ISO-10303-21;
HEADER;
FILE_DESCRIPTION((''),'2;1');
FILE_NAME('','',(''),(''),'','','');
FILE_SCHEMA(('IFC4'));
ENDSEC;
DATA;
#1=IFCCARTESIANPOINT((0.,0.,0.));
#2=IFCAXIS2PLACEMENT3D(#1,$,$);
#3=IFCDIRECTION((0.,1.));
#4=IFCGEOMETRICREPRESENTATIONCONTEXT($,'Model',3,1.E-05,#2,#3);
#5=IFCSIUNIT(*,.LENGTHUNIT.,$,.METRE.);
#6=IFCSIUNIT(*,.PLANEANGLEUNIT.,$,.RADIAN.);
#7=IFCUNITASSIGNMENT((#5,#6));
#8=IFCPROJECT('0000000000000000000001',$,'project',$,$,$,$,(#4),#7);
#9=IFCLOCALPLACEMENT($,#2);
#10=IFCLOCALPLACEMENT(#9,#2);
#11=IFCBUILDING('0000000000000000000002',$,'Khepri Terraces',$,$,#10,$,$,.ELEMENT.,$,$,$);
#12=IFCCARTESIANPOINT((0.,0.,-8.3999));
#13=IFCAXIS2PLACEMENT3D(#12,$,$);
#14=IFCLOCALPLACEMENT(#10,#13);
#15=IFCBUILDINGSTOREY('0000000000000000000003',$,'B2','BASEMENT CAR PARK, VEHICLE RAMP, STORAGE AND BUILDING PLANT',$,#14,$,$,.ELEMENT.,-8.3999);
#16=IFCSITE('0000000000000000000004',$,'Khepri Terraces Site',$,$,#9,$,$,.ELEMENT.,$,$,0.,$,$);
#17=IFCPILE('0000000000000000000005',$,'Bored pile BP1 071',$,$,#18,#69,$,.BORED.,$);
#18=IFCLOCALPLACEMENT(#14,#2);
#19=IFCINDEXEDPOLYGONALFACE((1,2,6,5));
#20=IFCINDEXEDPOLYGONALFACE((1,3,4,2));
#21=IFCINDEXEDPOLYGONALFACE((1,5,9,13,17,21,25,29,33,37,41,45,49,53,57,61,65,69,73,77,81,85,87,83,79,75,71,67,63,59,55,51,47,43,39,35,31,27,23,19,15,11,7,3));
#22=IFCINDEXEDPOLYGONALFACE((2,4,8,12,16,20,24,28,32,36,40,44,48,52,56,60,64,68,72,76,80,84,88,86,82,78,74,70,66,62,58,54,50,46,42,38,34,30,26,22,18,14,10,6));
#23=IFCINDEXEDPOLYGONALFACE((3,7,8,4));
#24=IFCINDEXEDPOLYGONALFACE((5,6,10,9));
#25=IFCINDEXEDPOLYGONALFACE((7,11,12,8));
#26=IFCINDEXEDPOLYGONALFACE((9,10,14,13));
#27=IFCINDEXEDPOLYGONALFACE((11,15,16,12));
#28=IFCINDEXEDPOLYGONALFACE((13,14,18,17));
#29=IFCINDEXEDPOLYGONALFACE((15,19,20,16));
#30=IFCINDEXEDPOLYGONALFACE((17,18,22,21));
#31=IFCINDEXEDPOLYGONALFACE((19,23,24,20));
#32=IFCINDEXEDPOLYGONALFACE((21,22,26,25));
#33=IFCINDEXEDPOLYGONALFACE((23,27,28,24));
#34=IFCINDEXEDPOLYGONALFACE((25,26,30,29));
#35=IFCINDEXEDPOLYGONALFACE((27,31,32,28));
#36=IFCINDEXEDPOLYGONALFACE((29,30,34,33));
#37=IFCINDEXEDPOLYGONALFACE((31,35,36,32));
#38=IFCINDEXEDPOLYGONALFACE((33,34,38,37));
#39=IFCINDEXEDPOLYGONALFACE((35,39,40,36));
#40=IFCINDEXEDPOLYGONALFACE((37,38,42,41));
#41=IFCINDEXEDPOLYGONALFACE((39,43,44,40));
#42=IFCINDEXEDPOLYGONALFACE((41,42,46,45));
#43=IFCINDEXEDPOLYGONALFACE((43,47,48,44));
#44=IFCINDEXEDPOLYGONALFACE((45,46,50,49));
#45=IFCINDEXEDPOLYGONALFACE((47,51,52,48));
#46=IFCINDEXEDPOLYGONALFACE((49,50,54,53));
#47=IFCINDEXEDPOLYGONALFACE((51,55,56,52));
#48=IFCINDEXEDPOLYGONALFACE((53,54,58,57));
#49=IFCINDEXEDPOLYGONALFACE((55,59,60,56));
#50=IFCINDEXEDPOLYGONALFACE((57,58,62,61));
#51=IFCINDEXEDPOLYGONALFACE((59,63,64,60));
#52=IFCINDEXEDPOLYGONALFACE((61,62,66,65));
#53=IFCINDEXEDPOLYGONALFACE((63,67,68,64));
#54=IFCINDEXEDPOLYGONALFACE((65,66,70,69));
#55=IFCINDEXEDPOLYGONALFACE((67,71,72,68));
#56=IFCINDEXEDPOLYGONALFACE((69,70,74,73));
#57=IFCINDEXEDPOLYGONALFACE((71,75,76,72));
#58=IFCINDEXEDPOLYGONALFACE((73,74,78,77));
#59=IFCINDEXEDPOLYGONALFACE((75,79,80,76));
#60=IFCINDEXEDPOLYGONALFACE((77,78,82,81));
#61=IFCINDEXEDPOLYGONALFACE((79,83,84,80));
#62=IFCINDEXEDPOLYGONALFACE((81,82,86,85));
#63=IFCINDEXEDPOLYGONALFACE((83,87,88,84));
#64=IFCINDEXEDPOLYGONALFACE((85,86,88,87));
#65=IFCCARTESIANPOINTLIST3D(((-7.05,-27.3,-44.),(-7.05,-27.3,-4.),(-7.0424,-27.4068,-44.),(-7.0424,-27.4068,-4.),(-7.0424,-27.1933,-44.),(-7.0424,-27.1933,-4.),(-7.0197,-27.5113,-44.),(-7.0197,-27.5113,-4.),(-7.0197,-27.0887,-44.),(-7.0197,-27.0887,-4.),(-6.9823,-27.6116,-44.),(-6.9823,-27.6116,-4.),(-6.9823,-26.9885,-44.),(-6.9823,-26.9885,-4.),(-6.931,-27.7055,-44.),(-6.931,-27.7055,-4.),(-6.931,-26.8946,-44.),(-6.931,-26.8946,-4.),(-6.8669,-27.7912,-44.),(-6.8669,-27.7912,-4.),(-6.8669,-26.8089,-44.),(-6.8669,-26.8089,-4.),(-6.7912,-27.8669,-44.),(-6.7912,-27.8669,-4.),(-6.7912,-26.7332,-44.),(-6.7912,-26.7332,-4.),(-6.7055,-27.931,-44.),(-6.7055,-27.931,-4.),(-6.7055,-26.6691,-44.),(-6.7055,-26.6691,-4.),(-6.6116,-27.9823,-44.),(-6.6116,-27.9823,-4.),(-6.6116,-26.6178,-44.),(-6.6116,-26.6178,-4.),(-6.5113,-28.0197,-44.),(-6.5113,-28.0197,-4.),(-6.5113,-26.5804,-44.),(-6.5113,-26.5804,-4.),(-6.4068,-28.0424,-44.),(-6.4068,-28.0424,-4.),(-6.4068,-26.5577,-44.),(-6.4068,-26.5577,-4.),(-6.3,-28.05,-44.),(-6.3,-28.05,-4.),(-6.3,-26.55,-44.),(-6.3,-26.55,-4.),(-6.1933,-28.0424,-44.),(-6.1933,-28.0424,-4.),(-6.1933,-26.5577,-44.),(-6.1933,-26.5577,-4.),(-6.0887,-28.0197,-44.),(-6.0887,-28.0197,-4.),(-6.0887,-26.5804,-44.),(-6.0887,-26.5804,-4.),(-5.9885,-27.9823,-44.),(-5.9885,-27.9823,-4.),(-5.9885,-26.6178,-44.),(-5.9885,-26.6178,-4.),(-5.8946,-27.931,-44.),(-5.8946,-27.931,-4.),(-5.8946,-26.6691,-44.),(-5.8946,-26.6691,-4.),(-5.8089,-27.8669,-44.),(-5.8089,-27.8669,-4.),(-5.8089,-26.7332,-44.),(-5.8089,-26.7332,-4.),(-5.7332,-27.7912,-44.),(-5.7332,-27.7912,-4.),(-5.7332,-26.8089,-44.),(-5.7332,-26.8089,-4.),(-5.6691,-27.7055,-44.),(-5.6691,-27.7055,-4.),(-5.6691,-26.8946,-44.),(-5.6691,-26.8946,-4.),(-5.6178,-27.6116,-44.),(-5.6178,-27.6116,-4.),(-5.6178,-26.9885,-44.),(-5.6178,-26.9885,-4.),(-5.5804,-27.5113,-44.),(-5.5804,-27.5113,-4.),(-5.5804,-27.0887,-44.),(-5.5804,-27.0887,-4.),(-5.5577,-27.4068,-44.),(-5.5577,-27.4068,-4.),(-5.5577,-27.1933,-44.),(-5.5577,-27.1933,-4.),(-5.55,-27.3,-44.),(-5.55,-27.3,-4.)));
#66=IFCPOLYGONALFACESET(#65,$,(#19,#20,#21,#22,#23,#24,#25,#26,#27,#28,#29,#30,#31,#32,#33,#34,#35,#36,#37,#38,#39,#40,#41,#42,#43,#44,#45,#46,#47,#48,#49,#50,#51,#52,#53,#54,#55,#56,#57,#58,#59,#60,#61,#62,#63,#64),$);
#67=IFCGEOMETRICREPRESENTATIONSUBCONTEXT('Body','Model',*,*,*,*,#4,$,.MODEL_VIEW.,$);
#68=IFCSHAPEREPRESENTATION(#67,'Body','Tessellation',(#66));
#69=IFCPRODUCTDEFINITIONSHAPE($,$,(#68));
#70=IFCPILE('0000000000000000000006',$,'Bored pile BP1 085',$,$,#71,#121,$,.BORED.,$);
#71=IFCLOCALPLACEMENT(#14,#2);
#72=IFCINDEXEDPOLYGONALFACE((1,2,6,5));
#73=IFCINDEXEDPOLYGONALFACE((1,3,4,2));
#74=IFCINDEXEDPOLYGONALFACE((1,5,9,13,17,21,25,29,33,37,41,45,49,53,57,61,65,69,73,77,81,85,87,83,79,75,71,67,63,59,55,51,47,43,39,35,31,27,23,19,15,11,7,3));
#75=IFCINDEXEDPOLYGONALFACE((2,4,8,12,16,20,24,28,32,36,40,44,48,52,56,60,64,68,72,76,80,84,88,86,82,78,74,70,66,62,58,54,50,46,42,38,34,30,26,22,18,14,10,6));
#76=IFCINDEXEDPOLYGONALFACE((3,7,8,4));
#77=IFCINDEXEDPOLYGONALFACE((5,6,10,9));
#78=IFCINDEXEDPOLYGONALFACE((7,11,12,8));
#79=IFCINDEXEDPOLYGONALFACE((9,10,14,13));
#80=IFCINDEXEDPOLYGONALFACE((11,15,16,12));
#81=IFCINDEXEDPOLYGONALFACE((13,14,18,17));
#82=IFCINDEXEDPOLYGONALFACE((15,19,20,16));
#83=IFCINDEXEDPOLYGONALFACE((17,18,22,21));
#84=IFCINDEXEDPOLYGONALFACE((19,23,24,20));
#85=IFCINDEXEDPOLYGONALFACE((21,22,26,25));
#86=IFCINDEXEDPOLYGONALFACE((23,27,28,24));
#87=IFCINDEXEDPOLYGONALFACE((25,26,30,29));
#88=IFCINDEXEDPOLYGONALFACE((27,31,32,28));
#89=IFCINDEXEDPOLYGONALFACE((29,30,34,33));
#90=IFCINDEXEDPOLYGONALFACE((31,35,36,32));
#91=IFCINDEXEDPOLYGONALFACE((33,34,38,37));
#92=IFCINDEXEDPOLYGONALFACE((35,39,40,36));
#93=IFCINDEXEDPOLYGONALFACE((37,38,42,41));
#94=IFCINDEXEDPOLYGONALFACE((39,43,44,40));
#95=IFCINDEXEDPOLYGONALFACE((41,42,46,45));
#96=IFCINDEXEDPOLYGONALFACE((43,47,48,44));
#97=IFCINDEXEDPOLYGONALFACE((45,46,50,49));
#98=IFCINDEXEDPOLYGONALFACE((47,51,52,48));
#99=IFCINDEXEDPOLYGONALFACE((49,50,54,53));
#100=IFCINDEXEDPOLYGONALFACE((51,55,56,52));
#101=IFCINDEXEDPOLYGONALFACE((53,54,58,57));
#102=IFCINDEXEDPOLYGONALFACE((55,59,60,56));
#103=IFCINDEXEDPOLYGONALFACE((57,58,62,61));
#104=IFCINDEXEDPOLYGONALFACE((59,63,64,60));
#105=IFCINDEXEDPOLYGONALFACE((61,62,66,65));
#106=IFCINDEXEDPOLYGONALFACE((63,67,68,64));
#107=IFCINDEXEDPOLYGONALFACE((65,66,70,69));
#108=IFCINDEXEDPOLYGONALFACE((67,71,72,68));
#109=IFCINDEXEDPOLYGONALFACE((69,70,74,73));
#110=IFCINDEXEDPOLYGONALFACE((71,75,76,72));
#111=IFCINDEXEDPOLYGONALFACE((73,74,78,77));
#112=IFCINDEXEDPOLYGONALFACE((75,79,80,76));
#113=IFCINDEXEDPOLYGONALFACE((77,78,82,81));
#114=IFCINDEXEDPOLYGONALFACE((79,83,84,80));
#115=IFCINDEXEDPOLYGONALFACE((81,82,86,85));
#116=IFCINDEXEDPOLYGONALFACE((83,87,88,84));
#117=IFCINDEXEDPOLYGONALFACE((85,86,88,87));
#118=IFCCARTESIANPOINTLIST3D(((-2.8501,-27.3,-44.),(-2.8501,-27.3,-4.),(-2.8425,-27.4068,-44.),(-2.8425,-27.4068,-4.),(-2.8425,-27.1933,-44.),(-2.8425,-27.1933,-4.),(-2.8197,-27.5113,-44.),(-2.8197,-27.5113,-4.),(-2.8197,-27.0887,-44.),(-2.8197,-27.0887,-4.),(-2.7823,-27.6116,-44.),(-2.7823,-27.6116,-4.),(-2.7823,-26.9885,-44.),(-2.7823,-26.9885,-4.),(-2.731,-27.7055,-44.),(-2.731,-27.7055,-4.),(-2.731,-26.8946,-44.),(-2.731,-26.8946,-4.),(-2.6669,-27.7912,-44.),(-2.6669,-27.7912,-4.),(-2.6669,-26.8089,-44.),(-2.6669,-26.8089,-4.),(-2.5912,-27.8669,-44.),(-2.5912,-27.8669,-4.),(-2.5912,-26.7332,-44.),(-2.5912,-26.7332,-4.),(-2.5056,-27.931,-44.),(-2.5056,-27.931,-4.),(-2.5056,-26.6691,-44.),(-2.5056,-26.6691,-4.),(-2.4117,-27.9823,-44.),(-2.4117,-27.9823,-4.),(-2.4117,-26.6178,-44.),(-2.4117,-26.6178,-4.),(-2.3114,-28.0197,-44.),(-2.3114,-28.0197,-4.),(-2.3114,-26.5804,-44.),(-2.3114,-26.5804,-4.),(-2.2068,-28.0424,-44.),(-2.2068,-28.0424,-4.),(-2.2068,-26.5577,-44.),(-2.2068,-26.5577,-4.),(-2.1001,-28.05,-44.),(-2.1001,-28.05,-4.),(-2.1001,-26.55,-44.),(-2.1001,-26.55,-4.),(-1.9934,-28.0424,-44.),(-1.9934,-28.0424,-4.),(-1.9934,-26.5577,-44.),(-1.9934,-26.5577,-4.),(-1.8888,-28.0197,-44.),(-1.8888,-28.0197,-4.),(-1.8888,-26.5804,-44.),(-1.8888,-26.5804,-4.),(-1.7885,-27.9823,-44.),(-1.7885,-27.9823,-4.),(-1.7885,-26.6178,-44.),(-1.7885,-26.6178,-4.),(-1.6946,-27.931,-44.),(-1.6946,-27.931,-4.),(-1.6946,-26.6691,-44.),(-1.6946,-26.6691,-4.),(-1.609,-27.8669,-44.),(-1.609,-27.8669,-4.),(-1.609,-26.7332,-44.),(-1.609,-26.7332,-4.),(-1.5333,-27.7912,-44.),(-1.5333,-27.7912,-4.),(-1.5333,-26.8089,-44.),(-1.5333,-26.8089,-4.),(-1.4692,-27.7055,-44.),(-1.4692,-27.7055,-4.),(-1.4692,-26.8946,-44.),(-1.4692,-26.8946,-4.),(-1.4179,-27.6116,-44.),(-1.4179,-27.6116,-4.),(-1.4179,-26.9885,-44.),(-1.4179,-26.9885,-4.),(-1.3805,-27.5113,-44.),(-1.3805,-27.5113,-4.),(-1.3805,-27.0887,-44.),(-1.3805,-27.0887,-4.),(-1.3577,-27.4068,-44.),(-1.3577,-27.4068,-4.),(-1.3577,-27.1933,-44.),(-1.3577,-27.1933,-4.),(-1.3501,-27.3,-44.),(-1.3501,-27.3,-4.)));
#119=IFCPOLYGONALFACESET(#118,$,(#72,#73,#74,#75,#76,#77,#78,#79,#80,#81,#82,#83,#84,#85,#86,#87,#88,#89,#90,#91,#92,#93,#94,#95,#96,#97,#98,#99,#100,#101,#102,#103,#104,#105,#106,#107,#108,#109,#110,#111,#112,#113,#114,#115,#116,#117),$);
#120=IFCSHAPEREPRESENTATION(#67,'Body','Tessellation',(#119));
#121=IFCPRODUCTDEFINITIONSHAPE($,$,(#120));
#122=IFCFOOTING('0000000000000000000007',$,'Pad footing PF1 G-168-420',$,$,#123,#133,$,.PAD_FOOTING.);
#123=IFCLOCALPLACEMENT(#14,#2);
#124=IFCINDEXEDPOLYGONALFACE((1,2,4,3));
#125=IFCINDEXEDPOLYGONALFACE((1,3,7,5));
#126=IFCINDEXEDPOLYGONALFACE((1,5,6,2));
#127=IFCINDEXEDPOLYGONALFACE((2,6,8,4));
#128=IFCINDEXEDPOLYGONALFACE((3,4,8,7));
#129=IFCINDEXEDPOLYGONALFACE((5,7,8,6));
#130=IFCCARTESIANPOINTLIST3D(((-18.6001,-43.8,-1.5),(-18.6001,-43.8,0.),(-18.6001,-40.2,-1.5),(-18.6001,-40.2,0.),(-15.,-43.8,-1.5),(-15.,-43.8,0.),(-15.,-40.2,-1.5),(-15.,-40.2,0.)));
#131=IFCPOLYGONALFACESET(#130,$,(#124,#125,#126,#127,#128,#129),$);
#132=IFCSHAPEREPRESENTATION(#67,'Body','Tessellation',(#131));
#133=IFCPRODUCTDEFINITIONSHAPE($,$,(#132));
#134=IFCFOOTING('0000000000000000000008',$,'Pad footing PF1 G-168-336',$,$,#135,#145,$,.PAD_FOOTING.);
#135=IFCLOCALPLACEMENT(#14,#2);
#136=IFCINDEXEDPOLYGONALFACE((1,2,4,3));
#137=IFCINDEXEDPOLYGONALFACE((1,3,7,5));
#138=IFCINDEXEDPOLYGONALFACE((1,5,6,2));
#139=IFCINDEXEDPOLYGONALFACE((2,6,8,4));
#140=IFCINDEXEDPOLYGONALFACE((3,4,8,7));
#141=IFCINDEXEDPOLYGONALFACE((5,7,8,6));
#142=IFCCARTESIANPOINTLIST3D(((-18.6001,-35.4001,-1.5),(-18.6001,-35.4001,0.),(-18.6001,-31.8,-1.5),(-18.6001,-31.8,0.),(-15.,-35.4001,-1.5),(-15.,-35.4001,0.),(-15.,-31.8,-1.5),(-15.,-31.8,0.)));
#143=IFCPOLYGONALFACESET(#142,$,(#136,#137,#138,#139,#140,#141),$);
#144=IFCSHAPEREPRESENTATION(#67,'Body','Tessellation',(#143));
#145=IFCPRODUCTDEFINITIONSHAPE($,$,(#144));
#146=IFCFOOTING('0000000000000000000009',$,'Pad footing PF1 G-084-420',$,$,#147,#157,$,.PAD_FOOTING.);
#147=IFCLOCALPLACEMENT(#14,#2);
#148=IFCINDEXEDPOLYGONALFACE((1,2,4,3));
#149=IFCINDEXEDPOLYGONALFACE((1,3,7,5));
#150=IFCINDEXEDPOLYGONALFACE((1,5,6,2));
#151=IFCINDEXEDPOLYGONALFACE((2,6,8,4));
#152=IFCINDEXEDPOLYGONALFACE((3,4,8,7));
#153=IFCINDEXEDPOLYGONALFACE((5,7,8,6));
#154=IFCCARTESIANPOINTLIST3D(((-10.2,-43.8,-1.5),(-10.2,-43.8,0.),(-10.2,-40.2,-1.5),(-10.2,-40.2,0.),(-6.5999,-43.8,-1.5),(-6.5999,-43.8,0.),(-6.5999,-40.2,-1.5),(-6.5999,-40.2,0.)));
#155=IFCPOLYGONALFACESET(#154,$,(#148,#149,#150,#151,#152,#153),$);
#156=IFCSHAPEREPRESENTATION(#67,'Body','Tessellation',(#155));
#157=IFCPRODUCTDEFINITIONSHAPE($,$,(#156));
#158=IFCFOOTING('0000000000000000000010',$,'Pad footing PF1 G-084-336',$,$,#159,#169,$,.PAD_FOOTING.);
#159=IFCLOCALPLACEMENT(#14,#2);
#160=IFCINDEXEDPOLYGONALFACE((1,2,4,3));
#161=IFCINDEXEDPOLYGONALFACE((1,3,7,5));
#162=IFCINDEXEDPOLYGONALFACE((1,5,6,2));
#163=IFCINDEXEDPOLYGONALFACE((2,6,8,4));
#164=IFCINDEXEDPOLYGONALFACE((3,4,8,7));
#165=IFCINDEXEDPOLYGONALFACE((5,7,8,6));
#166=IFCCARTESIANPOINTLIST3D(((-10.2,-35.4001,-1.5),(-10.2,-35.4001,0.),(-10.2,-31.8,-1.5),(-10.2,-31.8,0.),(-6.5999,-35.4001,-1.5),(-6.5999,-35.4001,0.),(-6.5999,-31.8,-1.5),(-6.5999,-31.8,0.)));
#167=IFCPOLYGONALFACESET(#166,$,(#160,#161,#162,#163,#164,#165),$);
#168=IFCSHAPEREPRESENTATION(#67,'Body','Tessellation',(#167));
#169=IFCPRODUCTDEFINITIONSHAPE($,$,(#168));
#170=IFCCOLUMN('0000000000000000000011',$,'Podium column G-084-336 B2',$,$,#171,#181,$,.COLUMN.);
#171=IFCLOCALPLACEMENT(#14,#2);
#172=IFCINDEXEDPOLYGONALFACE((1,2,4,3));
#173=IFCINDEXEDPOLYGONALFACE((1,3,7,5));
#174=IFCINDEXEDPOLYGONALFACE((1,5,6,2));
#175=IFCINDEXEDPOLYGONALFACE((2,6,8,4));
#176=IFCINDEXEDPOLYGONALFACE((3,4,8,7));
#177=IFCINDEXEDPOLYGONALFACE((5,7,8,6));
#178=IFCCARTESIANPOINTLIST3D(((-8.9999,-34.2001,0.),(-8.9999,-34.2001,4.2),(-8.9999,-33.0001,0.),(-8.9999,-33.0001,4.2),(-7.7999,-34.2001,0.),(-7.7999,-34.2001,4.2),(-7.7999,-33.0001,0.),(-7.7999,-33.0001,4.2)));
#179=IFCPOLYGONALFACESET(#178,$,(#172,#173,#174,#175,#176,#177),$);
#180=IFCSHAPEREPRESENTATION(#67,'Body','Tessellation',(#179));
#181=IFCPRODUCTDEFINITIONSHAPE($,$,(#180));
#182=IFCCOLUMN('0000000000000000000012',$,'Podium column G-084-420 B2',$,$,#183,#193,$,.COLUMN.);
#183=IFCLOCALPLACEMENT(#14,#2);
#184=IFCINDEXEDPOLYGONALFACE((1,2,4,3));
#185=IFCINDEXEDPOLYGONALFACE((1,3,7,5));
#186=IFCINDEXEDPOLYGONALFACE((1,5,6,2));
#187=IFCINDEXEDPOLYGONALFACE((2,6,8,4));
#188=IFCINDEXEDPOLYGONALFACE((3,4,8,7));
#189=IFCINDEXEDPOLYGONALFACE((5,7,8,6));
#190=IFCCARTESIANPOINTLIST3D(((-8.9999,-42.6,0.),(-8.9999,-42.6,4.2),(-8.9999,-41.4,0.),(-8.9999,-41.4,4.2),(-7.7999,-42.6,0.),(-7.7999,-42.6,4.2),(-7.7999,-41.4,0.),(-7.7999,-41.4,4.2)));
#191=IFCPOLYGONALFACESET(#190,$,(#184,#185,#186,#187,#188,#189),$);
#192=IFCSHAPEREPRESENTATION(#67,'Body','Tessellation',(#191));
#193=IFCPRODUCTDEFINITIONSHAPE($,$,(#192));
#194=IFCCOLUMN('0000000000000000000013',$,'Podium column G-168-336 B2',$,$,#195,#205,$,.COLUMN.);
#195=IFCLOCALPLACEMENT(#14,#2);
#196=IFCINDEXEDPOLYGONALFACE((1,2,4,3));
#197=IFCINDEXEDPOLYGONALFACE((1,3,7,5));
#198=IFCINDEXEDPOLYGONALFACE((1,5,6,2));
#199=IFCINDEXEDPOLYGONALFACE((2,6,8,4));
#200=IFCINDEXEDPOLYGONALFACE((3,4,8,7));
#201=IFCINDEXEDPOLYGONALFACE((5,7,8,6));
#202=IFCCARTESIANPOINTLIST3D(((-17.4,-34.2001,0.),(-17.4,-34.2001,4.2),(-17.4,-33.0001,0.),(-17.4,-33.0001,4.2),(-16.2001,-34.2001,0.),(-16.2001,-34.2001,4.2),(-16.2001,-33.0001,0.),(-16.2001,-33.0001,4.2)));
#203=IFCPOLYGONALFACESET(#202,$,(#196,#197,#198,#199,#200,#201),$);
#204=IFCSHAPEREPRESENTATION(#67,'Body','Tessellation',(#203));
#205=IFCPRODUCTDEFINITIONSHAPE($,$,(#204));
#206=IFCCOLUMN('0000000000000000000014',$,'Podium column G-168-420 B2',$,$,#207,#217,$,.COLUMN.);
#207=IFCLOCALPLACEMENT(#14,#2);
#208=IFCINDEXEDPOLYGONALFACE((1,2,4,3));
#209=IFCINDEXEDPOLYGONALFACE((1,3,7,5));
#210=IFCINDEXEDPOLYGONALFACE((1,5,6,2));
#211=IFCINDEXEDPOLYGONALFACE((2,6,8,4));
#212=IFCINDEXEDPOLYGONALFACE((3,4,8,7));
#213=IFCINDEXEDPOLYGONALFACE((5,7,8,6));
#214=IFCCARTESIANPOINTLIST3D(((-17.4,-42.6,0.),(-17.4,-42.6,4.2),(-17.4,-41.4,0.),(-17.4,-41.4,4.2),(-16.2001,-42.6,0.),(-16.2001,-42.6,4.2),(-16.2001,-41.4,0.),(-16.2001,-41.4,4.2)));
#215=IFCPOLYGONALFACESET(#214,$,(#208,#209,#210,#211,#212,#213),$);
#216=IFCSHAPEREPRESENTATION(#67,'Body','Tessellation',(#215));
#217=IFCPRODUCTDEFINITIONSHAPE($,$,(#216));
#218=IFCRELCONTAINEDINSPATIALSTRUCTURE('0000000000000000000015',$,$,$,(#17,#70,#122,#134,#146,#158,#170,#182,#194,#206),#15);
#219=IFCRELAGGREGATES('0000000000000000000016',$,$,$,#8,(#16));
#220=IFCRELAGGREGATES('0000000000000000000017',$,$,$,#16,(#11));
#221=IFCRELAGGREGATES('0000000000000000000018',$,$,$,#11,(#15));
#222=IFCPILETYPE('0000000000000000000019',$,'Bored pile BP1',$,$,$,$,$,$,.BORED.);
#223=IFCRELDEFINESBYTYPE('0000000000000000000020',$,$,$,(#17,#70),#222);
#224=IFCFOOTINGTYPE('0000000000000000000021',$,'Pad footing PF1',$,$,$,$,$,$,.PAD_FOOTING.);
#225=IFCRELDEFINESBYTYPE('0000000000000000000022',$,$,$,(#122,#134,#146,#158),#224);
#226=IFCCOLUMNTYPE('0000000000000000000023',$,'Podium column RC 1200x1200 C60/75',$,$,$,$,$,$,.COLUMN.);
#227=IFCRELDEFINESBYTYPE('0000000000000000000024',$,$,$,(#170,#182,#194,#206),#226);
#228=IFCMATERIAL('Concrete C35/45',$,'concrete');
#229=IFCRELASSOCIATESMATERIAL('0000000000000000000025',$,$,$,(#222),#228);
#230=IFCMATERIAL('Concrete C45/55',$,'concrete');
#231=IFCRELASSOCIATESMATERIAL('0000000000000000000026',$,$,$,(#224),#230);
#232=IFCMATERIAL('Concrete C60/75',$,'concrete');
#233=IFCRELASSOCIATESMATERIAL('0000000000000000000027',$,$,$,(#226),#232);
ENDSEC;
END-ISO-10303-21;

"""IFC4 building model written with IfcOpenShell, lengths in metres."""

from ifc_helpers import new_model, si_unit, direction, frame, origin, origin_2d, place, context, subcontext, project, spatial, rectangle, circle, extrude, material, material_profile, profile_set, type_object, element, save


model = new_model("IFC4")

# Units and contexts
model_context = context("Model", 3, precision=1e-05, world=origin(), true_north=direction((0.0, 1.0)))
body_context = subcontext(model_context, "Body", "Model", "MODEL_VIEW")
ifc_project = project(units=[si_unit("LENGTHUNIT", "METRE"), si_unit("PLANEANGLEUNIT", "RADIAN")], contexts=[model_context])

# Site, building, storey
site_placement = place(None, origin())
site = spatial("IfcSite", under=ifc_project, at=site_placement, Name="Khepri Terraces Site", CompositionType="ELEMENT", RefElevation=0.0)
building_placement = place(site_placement, origin())
building = spatial("IfcBuilding", under=site, at=building_placement, Name="Khepri Terraces", CompositionType="ELEMENT")
storey_placement = place(building_placement, frame((0.0, 0.0, -8.3999)))
storey = spatial("IfcBuildingStorey", under=building, at=storey_placement, Name="B2", Description="BASEMENT CAR PARK, VEHICLE RAMP, STORAGE AND BUILDING PLANT", CompositionType="ELEMENT", Elevation=-8.3999)

# Piles
ifc_material_1 = material(Name="Concrete C35/45", Category="concrete")
ifc_material_profile_1 = material_profile(ifc_material_1, circle(Radius=0.75, at=origin_2d()), Name="Concrete C35/45", Category="concrete")
ifc_profile_set_1 = profile_set([ifc_material_profile_1], Name="Concrete C35/45")
pile_type = type_object("IfcPileType", Name="Bored pile BP1", PredefinedType="BORED", material=ifc_profile_set_1)
for number, where, z_axis, x_axis, name in (
    (1, (-6.3, -27.3, -4.0), (0.0, 0.0, -1.0), (1.0, 0.0, 0.0), "Bored pile BP1 071"),
    (2, (-2.1001, -27.3, -4.0), (0.0, 0.0, -1.0), (1.0, 0.0, 0.0), "Bored pile BP1 085"),
):
    element("IfcPile", number, at=place(storey_placement, frame(where, z_axis=z_axis, x_axis=x_axis)), inside=storey, type_object=pile_type, Name=name, PredefinedType="BORED", context=body_context, shape_type="SweptSolid", body=[
        extrude(circle(Radius=0.75, at=origin_2d()), origin(), (0.0, 0.0, 1.0), 40.0),
    ])

# Footings
ifc_material_2 = material(Name="Concrete C45/55", Category="concrete")
footing_type = type_object("IfcFootingType", Name="Pad footing PF1", PredefinedType="PAD_FOOTING", material=ifc_material_2)
for number, where, z_axis, x_axis, name in (
    (3, (-16.8, -42.0, -1.5), (0.0, 0.0, 1.0), (1.0, 0.0, 0.0), "Pad footing PF1 G-168-420"),
    (4, (-16.8, -33.6001, -1.5), (0.0, 0.0, 1.0), (1.0, 0.0, 0.0), "Pad footing PF1 G-168-336"),
    (5, (-8.3999, -42.0, -1.5), (0.0, 0.0, 1.0), (1.0, 0.0, 0.0), "Pad footing PF1 G-084-420"),
    (6, (-8.3999, -33.6001, -1.5), (0.0, 0.0, 1.0), (1.0, 0.0, 0.0), "Pad footing PF1 G-084-336"),
):
    element("IfcFooting", number, at=place(storey_placement, frame(where, z_axis=z_axis, x_axis=x_axis)), inside=storey, type_object=footing_type, Name=name, PredefinedType="PAD_FOOTING", context=body_context, shape_type="SweptSolid", body=[
        extrude(rectangle(XDim=3.6001, YDim=3.6001, at=origin_2d()), origin(), (0.0, 0.0, 1.0), 1.5),
    ])

# Columns
ifc_material_3 = material(Name="Concrete C60/75", Category="concrete")
ifc_material_profile_2 = material_profile(ifc_material_3, rectangle(XDim=1.2, YDim=1.2, at=origin_2d()), Name="Concrete C60/75", Category="concrete")
ifc_profile_set_2 = profile_set([ifc_material_profile_2], Name="Concrete C60/75")
column_type_1 = type_object("IfcColumnType", Name="Podium column RC 1200x1200 C60/75", PredefinedType="COLUMN", material=ifc_profile_set_2)
for number, where, z_axis, x_axis, name in (
    (7, (-8.3999, -33.6001, 0.0), (0.0, 0.0, 1.0), (1.0, 0.0, 0.0), "Podium column G-084-336 B2"),
    (8, (-8.3999, -42.0, 0.0), (0.0, 0.0, 1.0), (1.0, 0.0, 0.0), "Podium column G-084-420 B2"),
    (9, (-16.8, -33.6001, 0.0), (0.0, 0.0, 1.0), (1.0, 0.0, 0.0), "Podium column G-168-336 B2"),
    (10, (-16.8, -42.0, 0.0), (0.0, 0.0, 1.0), (1.0, 0.0, 0.0), "Podium column G-168-420 B2"),
):
    element("IfcColumn", number, at=place(storey_placement, frame(where, z_axis=z_axis, x_axis=x_axis)), inside=storey, type_object=column_type_1, Name=name, PredefinedType="COLUMN", context=body_context, shape_type="SweptSolid", body=[
        extrude(rectangle(XDim=1.2, YDim=1.2, at=origin_2d()), origin(), (0.0, 0.0, 1.0), 4.2),
    ])

save(model, "model.ifc")
